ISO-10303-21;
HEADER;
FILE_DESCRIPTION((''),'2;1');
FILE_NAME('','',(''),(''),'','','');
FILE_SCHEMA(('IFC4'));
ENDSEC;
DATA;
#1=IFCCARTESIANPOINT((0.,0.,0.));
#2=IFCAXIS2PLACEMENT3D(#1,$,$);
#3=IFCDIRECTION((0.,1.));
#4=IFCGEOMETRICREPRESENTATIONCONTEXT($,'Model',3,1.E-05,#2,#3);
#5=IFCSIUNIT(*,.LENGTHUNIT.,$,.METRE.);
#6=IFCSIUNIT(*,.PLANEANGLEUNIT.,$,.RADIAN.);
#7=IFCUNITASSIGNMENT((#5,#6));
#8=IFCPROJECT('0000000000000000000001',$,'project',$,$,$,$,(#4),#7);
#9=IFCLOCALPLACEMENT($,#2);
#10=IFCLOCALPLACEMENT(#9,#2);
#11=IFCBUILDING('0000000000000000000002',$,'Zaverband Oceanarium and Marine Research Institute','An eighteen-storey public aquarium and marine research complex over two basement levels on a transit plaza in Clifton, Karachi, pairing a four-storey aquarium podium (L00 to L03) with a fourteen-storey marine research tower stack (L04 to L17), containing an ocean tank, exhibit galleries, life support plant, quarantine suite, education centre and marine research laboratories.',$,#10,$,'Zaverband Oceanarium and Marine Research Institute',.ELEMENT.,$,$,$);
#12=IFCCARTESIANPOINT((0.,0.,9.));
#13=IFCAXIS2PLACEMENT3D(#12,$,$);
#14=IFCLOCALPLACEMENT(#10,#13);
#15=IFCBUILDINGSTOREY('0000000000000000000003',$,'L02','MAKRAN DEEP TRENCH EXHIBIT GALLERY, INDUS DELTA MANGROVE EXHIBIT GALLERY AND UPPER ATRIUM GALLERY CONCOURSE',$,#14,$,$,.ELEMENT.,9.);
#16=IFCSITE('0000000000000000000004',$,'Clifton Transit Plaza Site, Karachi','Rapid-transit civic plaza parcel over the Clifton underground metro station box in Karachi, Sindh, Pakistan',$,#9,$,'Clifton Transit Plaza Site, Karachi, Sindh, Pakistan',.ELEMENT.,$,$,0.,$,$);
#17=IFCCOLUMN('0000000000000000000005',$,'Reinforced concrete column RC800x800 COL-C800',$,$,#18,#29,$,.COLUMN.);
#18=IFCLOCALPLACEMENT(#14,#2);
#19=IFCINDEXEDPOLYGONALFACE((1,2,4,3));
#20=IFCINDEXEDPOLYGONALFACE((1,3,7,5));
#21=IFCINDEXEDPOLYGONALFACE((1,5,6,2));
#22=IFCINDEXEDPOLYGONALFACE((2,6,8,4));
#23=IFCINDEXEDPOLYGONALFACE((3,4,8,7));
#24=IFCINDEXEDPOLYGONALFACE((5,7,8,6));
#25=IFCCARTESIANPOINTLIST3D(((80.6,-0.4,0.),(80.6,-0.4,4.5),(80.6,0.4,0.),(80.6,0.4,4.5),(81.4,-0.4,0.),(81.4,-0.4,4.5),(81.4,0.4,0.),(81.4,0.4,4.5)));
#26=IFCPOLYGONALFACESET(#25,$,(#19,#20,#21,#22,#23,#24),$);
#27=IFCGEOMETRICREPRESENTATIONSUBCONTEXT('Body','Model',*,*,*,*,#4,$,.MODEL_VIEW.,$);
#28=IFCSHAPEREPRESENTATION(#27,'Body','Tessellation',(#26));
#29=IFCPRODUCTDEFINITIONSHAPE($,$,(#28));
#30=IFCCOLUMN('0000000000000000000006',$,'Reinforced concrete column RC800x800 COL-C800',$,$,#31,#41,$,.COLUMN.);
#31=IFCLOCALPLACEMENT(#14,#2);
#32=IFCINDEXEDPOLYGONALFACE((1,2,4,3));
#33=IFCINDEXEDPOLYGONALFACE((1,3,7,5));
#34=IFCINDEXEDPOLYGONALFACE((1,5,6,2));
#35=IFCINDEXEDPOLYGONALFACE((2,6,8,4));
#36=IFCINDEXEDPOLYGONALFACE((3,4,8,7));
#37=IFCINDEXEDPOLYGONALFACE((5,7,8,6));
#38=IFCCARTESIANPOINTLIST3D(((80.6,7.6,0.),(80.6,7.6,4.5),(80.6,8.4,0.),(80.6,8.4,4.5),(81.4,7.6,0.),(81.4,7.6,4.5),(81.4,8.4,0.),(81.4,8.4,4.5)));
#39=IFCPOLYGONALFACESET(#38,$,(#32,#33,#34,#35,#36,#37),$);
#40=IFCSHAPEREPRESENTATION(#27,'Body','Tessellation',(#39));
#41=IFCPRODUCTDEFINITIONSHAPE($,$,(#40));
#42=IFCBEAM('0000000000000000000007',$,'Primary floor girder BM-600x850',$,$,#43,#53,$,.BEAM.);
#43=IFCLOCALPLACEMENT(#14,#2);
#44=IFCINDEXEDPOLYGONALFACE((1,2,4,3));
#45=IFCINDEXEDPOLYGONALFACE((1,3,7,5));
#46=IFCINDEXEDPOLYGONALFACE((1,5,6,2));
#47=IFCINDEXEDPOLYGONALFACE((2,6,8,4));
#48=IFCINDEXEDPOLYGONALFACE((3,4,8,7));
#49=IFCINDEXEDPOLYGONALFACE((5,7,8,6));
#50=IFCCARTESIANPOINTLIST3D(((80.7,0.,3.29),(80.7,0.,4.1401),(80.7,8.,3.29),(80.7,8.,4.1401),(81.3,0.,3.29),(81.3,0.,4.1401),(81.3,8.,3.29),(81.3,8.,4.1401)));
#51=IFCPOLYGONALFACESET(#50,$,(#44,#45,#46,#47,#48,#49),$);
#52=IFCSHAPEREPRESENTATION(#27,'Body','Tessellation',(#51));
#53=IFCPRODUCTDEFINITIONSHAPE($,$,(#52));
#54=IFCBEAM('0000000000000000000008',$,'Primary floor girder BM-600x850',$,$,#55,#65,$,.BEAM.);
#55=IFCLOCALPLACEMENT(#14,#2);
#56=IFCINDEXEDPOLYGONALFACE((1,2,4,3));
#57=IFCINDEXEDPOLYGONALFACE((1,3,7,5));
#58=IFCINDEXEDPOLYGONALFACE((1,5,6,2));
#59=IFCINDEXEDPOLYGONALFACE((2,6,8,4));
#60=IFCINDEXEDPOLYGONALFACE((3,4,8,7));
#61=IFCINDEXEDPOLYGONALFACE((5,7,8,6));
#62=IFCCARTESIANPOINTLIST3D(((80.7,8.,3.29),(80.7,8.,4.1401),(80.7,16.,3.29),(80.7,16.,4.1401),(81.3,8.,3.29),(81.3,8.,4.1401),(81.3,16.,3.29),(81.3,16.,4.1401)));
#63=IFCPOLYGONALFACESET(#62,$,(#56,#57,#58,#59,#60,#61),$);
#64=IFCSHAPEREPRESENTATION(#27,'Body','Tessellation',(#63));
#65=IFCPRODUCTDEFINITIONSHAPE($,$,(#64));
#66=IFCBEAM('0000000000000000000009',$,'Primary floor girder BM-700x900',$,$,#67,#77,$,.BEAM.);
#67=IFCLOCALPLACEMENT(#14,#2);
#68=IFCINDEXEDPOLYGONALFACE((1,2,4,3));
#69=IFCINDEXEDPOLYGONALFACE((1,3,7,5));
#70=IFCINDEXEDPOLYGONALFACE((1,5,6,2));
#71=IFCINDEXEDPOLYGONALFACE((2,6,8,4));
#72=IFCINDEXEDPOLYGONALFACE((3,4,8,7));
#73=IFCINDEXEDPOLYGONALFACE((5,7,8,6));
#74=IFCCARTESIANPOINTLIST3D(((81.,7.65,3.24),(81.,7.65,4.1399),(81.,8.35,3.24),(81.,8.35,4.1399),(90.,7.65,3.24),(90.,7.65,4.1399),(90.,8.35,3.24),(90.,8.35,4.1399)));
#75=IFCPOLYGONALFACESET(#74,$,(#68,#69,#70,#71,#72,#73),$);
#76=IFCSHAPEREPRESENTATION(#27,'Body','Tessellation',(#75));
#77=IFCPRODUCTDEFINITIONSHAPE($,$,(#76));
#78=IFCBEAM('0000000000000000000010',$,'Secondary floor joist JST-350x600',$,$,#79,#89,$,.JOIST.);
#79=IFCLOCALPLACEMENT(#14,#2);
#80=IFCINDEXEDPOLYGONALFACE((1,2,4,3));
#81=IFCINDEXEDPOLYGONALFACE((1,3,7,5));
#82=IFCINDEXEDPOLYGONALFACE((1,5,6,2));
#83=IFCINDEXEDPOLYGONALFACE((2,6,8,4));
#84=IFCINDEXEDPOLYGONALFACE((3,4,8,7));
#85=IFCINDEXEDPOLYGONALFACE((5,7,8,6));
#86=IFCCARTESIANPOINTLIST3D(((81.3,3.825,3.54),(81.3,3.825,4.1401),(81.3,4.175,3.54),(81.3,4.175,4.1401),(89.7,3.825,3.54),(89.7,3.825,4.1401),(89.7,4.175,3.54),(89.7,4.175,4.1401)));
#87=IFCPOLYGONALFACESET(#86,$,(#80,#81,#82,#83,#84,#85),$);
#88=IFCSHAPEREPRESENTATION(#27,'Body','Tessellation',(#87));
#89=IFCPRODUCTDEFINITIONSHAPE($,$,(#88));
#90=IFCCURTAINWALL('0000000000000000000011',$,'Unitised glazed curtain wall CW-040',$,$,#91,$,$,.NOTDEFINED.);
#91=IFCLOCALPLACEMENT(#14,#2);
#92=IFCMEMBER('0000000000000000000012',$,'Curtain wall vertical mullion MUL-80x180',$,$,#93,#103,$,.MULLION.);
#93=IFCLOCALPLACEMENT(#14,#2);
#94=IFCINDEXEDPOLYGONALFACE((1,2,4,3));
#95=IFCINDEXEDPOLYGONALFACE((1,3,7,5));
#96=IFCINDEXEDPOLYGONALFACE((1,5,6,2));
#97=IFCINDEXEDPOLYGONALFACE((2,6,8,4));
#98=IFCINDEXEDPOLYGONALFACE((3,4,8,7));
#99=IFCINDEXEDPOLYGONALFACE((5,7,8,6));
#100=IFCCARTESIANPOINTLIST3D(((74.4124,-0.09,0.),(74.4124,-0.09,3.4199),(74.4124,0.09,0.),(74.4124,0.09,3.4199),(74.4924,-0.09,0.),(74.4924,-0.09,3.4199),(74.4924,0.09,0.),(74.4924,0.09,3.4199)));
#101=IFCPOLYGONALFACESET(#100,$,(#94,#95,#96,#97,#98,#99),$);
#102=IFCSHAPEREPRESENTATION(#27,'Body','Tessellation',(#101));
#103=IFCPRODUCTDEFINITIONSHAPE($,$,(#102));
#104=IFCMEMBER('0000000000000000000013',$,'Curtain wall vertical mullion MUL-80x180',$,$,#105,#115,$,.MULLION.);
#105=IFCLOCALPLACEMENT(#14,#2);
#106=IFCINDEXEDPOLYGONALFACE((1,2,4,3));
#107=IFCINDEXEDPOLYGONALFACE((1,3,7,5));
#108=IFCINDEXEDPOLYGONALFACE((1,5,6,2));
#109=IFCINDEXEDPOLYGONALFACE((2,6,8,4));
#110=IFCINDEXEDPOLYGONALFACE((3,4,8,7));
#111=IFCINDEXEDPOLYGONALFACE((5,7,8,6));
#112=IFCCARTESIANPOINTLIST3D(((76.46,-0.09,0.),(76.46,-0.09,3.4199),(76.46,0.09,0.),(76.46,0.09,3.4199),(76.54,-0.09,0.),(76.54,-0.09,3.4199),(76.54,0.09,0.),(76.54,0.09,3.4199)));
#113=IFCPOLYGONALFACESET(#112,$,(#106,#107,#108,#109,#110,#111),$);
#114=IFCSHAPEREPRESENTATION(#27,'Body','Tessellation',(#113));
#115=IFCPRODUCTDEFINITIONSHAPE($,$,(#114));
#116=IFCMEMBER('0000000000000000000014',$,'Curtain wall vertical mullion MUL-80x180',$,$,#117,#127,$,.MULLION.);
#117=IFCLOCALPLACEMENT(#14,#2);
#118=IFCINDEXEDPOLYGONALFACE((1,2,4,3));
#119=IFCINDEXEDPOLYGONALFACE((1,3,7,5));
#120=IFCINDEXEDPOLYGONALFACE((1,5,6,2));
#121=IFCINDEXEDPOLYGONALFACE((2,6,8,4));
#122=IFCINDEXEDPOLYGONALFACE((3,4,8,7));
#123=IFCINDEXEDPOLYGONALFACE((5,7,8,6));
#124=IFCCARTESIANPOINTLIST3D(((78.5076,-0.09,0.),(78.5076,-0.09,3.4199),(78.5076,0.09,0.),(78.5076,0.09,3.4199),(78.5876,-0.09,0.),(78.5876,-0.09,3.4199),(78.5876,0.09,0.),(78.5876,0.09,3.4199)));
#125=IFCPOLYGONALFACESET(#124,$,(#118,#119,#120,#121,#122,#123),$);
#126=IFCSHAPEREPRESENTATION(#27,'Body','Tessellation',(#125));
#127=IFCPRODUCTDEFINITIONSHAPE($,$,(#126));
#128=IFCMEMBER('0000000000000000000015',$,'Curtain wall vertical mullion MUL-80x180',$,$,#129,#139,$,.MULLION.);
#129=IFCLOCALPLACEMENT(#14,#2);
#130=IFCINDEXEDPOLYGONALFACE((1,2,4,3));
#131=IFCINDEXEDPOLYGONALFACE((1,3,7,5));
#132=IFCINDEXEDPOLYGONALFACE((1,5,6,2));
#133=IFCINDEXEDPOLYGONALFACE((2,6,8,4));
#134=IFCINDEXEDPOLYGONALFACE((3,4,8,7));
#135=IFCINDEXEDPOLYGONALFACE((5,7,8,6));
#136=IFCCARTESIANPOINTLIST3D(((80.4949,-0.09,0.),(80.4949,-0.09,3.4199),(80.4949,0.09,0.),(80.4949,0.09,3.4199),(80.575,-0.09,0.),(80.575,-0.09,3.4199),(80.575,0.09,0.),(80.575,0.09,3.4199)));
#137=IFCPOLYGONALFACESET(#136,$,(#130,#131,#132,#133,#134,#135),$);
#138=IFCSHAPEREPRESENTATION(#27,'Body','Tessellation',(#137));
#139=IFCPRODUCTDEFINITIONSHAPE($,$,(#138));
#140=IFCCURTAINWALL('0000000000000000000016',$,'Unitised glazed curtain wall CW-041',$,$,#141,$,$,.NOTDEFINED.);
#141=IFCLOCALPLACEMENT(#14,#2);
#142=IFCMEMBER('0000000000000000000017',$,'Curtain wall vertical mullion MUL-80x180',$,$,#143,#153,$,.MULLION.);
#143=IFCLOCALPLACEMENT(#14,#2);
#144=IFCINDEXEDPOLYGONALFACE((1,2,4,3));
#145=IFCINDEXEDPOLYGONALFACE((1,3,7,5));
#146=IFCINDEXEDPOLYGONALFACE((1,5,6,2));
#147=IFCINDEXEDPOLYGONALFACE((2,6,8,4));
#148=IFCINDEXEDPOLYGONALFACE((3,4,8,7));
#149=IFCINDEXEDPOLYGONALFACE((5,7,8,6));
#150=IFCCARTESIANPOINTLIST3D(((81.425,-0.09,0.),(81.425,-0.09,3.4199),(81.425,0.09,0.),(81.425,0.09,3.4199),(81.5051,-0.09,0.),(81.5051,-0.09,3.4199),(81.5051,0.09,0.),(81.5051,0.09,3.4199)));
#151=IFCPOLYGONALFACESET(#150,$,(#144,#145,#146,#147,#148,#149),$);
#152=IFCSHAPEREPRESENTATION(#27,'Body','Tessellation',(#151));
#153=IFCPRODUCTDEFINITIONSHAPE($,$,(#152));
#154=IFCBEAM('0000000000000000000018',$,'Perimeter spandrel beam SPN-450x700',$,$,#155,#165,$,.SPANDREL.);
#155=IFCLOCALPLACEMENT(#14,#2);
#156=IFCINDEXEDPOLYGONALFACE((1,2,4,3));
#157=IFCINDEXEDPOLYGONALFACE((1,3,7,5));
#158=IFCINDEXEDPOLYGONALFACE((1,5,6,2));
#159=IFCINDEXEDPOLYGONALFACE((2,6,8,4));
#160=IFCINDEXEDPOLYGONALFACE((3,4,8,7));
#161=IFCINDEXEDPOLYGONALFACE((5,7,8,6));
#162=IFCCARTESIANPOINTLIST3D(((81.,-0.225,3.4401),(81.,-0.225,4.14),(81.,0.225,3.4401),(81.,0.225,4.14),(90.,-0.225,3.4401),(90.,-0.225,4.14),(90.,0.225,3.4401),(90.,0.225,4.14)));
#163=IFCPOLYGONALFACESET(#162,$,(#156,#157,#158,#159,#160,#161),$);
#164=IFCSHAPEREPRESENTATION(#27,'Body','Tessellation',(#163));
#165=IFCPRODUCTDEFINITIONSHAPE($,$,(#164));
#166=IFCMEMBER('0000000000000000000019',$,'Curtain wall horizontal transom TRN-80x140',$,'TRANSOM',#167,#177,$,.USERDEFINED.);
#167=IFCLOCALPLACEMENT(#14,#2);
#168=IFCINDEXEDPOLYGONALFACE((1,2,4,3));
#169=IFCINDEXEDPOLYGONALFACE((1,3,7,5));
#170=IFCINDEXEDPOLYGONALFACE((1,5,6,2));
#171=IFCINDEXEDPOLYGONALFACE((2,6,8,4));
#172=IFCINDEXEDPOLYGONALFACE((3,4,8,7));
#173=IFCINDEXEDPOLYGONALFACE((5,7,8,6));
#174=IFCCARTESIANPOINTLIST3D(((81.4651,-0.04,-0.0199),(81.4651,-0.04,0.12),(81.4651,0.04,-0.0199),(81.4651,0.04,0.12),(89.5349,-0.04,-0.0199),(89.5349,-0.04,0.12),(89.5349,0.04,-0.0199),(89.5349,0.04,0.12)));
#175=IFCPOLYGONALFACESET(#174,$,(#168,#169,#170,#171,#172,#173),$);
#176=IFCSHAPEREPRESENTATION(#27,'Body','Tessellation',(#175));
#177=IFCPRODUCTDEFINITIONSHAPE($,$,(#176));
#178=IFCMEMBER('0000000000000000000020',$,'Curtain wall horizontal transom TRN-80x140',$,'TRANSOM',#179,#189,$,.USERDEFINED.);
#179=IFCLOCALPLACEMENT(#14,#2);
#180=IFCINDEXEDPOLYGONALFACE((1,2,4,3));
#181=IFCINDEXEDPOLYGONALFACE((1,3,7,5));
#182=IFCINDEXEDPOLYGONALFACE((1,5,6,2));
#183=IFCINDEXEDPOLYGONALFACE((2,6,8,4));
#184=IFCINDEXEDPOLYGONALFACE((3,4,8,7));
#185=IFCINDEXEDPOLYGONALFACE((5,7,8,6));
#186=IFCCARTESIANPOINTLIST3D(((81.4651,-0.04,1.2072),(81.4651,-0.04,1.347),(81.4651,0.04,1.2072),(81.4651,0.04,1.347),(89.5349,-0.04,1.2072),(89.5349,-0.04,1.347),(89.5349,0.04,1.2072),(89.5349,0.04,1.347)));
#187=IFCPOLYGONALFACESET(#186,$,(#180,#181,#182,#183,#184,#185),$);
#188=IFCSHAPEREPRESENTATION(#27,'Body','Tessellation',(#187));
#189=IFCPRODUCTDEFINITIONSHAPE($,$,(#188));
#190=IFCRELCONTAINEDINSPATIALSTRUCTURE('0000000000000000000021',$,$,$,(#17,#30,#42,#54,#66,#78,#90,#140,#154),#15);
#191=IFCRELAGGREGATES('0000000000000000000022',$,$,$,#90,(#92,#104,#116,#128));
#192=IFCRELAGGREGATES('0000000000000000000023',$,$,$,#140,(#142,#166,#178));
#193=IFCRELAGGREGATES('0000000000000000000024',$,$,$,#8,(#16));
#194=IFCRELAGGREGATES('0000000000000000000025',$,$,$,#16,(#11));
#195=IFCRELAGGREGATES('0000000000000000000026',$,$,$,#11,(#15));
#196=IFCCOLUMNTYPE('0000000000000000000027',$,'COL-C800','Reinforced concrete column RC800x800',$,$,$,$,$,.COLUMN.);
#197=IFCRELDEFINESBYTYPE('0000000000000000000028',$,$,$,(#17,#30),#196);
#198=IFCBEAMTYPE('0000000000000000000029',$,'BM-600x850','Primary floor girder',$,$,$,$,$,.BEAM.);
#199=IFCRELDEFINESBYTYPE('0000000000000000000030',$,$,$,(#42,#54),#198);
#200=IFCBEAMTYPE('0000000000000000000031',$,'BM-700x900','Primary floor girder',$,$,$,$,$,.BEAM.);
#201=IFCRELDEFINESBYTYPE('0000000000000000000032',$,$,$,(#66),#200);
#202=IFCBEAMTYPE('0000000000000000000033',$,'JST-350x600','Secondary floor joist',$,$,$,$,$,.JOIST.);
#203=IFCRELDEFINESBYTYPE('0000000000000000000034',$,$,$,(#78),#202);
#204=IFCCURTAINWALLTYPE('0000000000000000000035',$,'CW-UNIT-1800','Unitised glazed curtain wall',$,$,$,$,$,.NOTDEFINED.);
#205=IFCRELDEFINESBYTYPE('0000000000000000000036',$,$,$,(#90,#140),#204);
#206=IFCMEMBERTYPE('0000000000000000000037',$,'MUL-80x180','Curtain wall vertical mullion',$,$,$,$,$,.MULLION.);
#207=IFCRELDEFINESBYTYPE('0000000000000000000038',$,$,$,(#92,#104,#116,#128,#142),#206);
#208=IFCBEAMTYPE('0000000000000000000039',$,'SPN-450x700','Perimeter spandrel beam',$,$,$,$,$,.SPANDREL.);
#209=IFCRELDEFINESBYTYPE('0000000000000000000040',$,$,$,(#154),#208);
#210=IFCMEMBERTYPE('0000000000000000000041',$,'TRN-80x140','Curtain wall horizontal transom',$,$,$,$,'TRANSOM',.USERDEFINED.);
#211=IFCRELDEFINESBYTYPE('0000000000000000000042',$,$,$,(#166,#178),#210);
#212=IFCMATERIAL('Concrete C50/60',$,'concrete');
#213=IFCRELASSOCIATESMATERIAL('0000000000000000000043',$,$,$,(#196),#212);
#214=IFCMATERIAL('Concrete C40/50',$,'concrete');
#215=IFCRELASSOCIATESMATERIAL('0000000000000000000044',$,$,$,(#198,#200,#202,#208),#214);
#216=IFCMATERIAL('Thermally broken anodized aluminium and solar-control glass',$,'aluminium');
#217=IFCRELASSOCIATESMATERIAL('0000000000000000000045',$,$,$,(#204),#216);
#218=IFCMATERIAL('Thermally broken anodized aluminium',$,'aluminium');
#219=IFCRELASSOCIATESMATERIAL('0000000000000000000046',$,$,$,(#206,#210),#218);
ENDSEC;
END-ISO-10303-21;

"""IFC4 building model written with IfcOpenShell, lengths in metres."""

from ifc_helpers import new_model, si_unit, direction, frame, origin, origin_2d, place, context, subcontext, project, spatial, rectangle, extrude, material, material_profile, profile_set, type_object, element, aggregate, save


model = new_model("IFC4")

# Units and contexts
model_context = context("Model", 3, precision=1e-05, world=origin(), true_north=direction((0.0, 1.0)))
body_context = subcontext(model_context, "Body", "Model", "MODEL_VIEW")
ifc_project = project(units=[si_unit("LENGTHUNIT", "METRE"), si_unit("PLANEANGLEUNIT", "RADIAN")], contexts=[model_context])

# Site, building, storey
site_placement = place(None, origin())
site = spatial("IfcSite", under=ifc_project, at=site_placement, Name="Clifton Transit Plaza Site, Karachi", Description="Rapid-transit civic plaza parcel over the Clifton underground metro station box in Karachi, Sindh, Pakistan", LongName="Clifton Transit Plaza Site, Karachi, Sindh, Pakistan", CompositionType="ELEMENT", RefElevation=0.0)
building_placement = place(site_placement, origin())
building = spatial("IfcBuilding", under=site, at=building_placement, Name="Zaverband Oceanarium and Marine Research Institute", Description="An eighteen-storey public aquarium and marine research complex over two basement levels on a transit plaza in Clifton, Karachi, pairing a four-storey aquarium podium (L00 to L03) with a fourteen-storey marine research tower stack (L04 to L17), containing an ocean tank, exhibit galleries, life support plant, quarantine suite, education centre and marine research laboratories.", LongName="Zaverband Oceanarium and Marine Research Institute", CompositionType="ELEMENT")
storey_placement = place(building_placement, frame((0.0, 0.0, 9.0)))
storey = spatial("IfcBuildingStorey", under=building, at=storey_placement, Name="L02", Description="MAKRAN DEEP TRENCH EXHIBIT GALLERY, INDUS DELTA MANGROVE EXHIBIT GALLERY AND UPPER ATRIUM GALLERY CONCOURSE", CompositionType="ELEMENT", Elevation=9.0)

# Columns
ifc_material_1 = material(Name="Concrete C50/60", Category="concrete")
ifc_material_profile_1 = material_profile(ifc_material_1, rectangle(XDim=0.8, YDim=0.8, at=origin_2d()), Name="RC800x800")
ifc_profile_set_1 = profile_set([ifc_material_profile_1], Name="Concrete C50/60")
column_type = type_object("IfcColumnType", Name="COL-C800", Description="Reinforced concrete column RC800x800", PredefinedType="COLUMN", material=ifc_profile_set_1)
for number, where, z_axis, x_axis, name in (
    (1, (81.0, 0.0, 0.0), (0.0, 0.0, 1.0), (1.0, 0.0, 0.0), "Reinforced concrete column RC800x800 COL-C800"),
    (2, (81.0, 8.0, 0.0), (0.0, 0.0, 1.0), (1.0, 0.0, 0.0), "Reinforced concrete column RC800x800 COL-C800"),
):
    element("IfcColumn", number, at=place(storey_placement, frame(where, z_axis=z_axis, x_axis=x_axis)), inside=storey, type_object=column_type, Name=name, PredefinedType="COLUMN", context=body_context, shape_type="SweptSolid", body=[
        extrude(rectangle(XDim=0.8, YDim=0.8, at=origin_2d()), origin(), (0.0, 0.0, 1.0), 4.5),
    ])

# Beams
ifc_material_2 = material(Name="Concrete C40/50", Category="concrete")
ifc_material_profile_2 = material_profile(ifc_material_2, rectangle(XDim=0.6001, YDim=0.8501, at=origin_2d()), Name="RC600x850")
ifc_profile_set_2 = profile_set([ifc_material_profile_2], Name="Concrete C40/50")
beam_type_1 = type_object("IfcBeamType", Name="BM-600x850", Description="Primary floor girder", PredefinedType="BEAM", material=ifc_profile_set_2)
for number, where, z_axis, x_axis, name in (
    (3, (81.0, 0.0, 3.7151), (0.0, 1.0, 0.0), (-1.0, 0.0, 0.0), "Primary floor girder BM-600x850"),
    (4, (81.0, 8.0, 3.7151), (0.0, 1.0, 0.0), (-1.0, 0.0, 0.0), "Primary floor girder BM-600x850"),
):
    element("IfcBeam", number, at=place(storey_placement, frame(where, z_axis=z_axis, x_axis=x_axis)), inside=storey, type_object=beam_type_1, Name=name, PredefinedType="BEAM", context=body_context, shape_type="SweptSolid", body=[
        extrude(rectangle(XDim=0.6001, YDim=0.8501, at=origin_2d()), origin(), (0.0, 0.0, 1.0), 8.0),
    ])
ifc_material_profile_3 = material_profile(ifc_material_2, rectangle(XDim=0.7, YDim=0.8999, at=origin_2d()), Name="RC700x900")
ifc_profile_set_3 = profile_set([ifc_material_profile_3], Name="Concrete C40/50")
beam_type_2 = type_object("IfcBeamType", Name="BM-700x900", Description="Primary floor girder", PredefinedType="BEAM", material=ifc_profile_set_3)
beam_1_placement = place(storey_placement, frame((81.0, 8.0, 3.6899), z_axis=(1.0, 0.0, 0.0), x_axis=(0.0, 1.0, 0.0)))
element("IfcBeam", 5, at=beam_1_placement, inside=storey, type_object=beam_type_2, Name="Primary floor girder BM-700x900", PredefinedType="BEAM", context=body_context, shape_type="SweptSolid", body=[
    extrude(rectangle(XDim=0.7, YDim=0.8999, at=origin_2d()), origin(), (0.0, 0.0, 1.0), 9.0),
])
ifc_material_profile_4 = material_profile(ifc_material_2, rectangle(XDim=0.3501, YDim=0.6001, at=origin_2d()), Name="RC350x600")
ifc_profile_set_4 = profile_set([ifc_material_profile_4], Name="Concrete C40/50")
beam_type_3 = type_object("IfcBeamType", Name="JST-350x600", Description="Secondary floor joist", PredefinedType="JOIST", material=ifc_profile_set_4)
beam_2_placement = place(storey_placement, frame((81.3, 4.0, 3.8401), z_axis=(1.0, 0.0, 0.0), x_axis=(0.0, 1.0, 0.0)))
element("IfcBeam", 6, at=beam_2_placement, inside=storey, type_object=beam_type_3, Name="Secondary floor joist JST-350x600", PredefinedType="JOIST", context=body_context, shape_type="SweptSolid", body=[
    extrude(rectangle(XDim=0.3501, YDim=0.6001, at=origin_2d()), origin(), (0.0, 0.0, 1.0), 8.3999),
])

# Curtain wall, members
ifc_material_3 = material(Name="Thermally broken anodized aluminium and solar-control glass", Category="aluminium")
curtain_wall_type = type_object("IfcCurtainWallType", Name="CW-UNIT-1800", Description="Unitised glazed curtain wall", PredefinedType="NOTDEFINED", material=ifc_material_3)
curtain_wall_1_placement = place(storey_placement, origin())
curtain_wall_1 = element("IfcCurtainWall", 7, at=curtain_wall_1_placement, inside=storey, type_object=curtain_wall_type, Name="Unitised glazed curtain wall CW-040", PredefinedType="NOTDEFINED")
ifc_material_4 = material(Name="Thermally broken anodized aluminium", Category="aluminium")
ifc_material_profile_5 = material_profile(ifc_material_4, rectangle(XDim=0.0801, YDim=0.1799, at=origin_2d()), Name="AL-MUL-80x180")
ifc_profile_set_5 = profile_set([ifc_material_profile_5], Name="Thermally broken anodized aluminium")
member_type_1 = type_object("IfcMemberType", Name="MUL-80x180", Description="Curtain wall vertical mullion", PredefinedType="MULLION", material=ifc_profile_set_5)
member_1_placement = place(storey_placement, frame((74.4524, 0.0, 0.0), z_axis=(0.0, 0.0, 1.0), x_axis=(1.0, 0.0, 0.0)))
member_1 = element("IfcMember", 8, at=member_1_placement, type_object=member_type_1, Name="Curtain wall vertical mullion MUL-80x180", PredefinedType="MULLION", context=body_context, shape_type="SweptSolid", body=[
    extrude(rectangle(XDim=0.0801, YDim=0.1799, at=origin_2d()), origin(), (0.0, 0.0, 1.0), 3.4199),
])
member_2_placement = place(storey_placement, frame((76.5, 0.0, 0.0), z_axis=(0.0, 0.0, 1.0), x_axis=(1.0, 0.0, 0.0)))
member_2 = element("IfcMember", 9, at=member_2_placement, type_object=member_type_1, Name="Curtain wall vertical mullion MUL-80x180", PredefinedType="MULLION", context=body_context, shape_type="SweptSolid", body=[
    extrude(rectangle(XDim=0.0801, YDim=0.1799, at=origin_2d()), origin(), (0.0, 0.0, 1.0), 3.4199),
])
member_3_placement = place(storey_placement, frame((78.5476, 0.0, 0.0), z_axis=(0.0, 0.0, 1.0), x_axis=(1.0, 0.0, 0.0)))
member_3 = element("IfcMember", 10, at=member_3_placement, type_object=member_type_1, Name="Curtain wall vertical mullion MUL-80x180", PredefinedType="MULLION", context=body_context, shape_type="SweptSolid", body=[
    extrude(rectangle(XDim=0.0801, YDim=0.1799, at=origin_2d()), origin(), (0.0, 0.0, 1.0), 3.4199),
])
member_4_placement = place(storey_placement, frame((80.5349, 0.0, 0.0), z_axis=(0.0, 0.0, 1.0), x_axis=(1.0, 0.0, 0.0)))
member_4 = element("IfcMember", 11, at=member_4_placement, type_object=member_type_1, Name="Curtain wall vertical mullion MUL-80x180", PredefinedType="MULLION", context=body_context, shape_type="SweptSolid", body=[
    extrude(rectangle(XDim=0.0801, YDim=0.1799, at=origin_2d()), origin(), (0.0, 0.0, 1.0), 3.4199),
])

# Curtain wall, member
curtain_wall_2_placement = place(storey_placement, origin())
curtain_wall_2 = element("IfcCurtainWall", 12, at=curtain_wall_2_placement, inside=storey, type_object=curtain_wall_type, Name="Unitised glazed curtain wall CW-041", PredefinedType="NOTDEFINED")
member_5_placement = place(storey_placement, frame((81.4651, 0.0, 0.0), z_axis=(0.0, 0.0, 1.0), x_axis=(1.0, 0.0, 0.0)))
member_5 = element("IfcMember", 13, at=member_5_placement, type_object=member_type_1, Name="Curtain wall vertical mullion MUL-80x180", PredefinedType="MULLION", context=body_context, shape_type="SweptSolid", body=[
    extrude(rectangle(XDim=0.0801, YDim=0.1799, at=origin_2d()), origin(), (0.0, 0.0, 1.0), 3.4199),
])

# Beam
ifc_material_profile_6 = material_profile(ifc_material_2, rectangle(XDim=0.45, YDim=0.7, at=origin_2d()), Name="RC450x700")
ifc_profile_set_6 = profile_set([ifc_material_profile_6], Name="Concrete C40/50")
beam_type_4 = type_object("IfcBeamType", Name="SPN-450x700", Description="Perimeter spandrel beam", PredefinedType="SPANDREL", material=ifc_profile_set_6)
beam_3_placement = place(storey_placement, frame((81.0, 0.0, 3.79), z_axis=(1.0, 0.0, 0.0), x_axis=(0.0, 1.0, 0.0)))
element("IfcBeam", 14, at=beam_3_placement, inside=storey, type_object=beam_type_4, Name="Perimeter spandrel beam SPN-450x700", PredefinedType="SPANDREL", context=body_context, shape_type="SweptSolid", body=[
    extrude(rectangle(XDim=0.45, YDim=0.7, at=origin_2d()), origin(), (0.0, 0.0, 1.0), 9.0),
])

# Members
ifc_material_profile_7 = material_profile(ifc_material_4, rectangle(XDim=0.0801, YDim=0.1399, at=origin_2d()), Name="AL-TRN-80x140")
ifc_profile_set_7 = profile_set([ifc_material_profile_7], Name="Thermally broken anodized aluminium")
member_type_2 = type_object("IfcMemberType", Name="TRN-80x140", Description="Curtain wall horizontal transom", ElementType="TRANSOM", PredefinedType="USERDEFINED", material=ifc_profile_set_7)
member_6_placement = place(storey_placement, frame((81.4651, 0.0, 0.05), z_axis=(1.0, 0.0, 0.0), x_axis=(0.0, 1.0, 0.0)))
member_6 = element("IfcMember", 15, at=member_6_placement, type_object=member_type_2, Name="Curtain wall horizontal transom TRN-80x140", ObjectType="TRANSOM", PredefinedType="USERDEFINED", context=body_context, shape_type="SweptSolid", body=[
    extrude(rectangle(XDim=0.0801, YDim=0.1399, at=origin_2d()), origin(), (0.0, 0.0, 1.0), 8.0698),
])
member_7_placement = place(storey_placement, frame((81.4651, 0.0, 1.2771), z_axis=(1.0, 0.0, 0.0), x_axis=(0.0, 1.0, 0.0)))
member_7 = element("IfcMember", 16, at=member_7_placement, type_object=member_type_2, Name="Curtain wall horizontal transom TRN-80x140", ObjectType="TRANSOM", PredefinedType="USERDEFINED", context=body_context, shape_type="SweptSolid", body=[
    extrude(rectangle(XDim=0.0801, YDim=0.1399, at=origin_2d()), origin(), (0.0, 0.0, 1.0), 8.0698),
])

aggregate(curtain_wall_1, [member_1, member_2, member_3, member_4])
aggregate(curtain_wall_2, [member_5, member_6, member_7])

save(model, "model.ifc")
